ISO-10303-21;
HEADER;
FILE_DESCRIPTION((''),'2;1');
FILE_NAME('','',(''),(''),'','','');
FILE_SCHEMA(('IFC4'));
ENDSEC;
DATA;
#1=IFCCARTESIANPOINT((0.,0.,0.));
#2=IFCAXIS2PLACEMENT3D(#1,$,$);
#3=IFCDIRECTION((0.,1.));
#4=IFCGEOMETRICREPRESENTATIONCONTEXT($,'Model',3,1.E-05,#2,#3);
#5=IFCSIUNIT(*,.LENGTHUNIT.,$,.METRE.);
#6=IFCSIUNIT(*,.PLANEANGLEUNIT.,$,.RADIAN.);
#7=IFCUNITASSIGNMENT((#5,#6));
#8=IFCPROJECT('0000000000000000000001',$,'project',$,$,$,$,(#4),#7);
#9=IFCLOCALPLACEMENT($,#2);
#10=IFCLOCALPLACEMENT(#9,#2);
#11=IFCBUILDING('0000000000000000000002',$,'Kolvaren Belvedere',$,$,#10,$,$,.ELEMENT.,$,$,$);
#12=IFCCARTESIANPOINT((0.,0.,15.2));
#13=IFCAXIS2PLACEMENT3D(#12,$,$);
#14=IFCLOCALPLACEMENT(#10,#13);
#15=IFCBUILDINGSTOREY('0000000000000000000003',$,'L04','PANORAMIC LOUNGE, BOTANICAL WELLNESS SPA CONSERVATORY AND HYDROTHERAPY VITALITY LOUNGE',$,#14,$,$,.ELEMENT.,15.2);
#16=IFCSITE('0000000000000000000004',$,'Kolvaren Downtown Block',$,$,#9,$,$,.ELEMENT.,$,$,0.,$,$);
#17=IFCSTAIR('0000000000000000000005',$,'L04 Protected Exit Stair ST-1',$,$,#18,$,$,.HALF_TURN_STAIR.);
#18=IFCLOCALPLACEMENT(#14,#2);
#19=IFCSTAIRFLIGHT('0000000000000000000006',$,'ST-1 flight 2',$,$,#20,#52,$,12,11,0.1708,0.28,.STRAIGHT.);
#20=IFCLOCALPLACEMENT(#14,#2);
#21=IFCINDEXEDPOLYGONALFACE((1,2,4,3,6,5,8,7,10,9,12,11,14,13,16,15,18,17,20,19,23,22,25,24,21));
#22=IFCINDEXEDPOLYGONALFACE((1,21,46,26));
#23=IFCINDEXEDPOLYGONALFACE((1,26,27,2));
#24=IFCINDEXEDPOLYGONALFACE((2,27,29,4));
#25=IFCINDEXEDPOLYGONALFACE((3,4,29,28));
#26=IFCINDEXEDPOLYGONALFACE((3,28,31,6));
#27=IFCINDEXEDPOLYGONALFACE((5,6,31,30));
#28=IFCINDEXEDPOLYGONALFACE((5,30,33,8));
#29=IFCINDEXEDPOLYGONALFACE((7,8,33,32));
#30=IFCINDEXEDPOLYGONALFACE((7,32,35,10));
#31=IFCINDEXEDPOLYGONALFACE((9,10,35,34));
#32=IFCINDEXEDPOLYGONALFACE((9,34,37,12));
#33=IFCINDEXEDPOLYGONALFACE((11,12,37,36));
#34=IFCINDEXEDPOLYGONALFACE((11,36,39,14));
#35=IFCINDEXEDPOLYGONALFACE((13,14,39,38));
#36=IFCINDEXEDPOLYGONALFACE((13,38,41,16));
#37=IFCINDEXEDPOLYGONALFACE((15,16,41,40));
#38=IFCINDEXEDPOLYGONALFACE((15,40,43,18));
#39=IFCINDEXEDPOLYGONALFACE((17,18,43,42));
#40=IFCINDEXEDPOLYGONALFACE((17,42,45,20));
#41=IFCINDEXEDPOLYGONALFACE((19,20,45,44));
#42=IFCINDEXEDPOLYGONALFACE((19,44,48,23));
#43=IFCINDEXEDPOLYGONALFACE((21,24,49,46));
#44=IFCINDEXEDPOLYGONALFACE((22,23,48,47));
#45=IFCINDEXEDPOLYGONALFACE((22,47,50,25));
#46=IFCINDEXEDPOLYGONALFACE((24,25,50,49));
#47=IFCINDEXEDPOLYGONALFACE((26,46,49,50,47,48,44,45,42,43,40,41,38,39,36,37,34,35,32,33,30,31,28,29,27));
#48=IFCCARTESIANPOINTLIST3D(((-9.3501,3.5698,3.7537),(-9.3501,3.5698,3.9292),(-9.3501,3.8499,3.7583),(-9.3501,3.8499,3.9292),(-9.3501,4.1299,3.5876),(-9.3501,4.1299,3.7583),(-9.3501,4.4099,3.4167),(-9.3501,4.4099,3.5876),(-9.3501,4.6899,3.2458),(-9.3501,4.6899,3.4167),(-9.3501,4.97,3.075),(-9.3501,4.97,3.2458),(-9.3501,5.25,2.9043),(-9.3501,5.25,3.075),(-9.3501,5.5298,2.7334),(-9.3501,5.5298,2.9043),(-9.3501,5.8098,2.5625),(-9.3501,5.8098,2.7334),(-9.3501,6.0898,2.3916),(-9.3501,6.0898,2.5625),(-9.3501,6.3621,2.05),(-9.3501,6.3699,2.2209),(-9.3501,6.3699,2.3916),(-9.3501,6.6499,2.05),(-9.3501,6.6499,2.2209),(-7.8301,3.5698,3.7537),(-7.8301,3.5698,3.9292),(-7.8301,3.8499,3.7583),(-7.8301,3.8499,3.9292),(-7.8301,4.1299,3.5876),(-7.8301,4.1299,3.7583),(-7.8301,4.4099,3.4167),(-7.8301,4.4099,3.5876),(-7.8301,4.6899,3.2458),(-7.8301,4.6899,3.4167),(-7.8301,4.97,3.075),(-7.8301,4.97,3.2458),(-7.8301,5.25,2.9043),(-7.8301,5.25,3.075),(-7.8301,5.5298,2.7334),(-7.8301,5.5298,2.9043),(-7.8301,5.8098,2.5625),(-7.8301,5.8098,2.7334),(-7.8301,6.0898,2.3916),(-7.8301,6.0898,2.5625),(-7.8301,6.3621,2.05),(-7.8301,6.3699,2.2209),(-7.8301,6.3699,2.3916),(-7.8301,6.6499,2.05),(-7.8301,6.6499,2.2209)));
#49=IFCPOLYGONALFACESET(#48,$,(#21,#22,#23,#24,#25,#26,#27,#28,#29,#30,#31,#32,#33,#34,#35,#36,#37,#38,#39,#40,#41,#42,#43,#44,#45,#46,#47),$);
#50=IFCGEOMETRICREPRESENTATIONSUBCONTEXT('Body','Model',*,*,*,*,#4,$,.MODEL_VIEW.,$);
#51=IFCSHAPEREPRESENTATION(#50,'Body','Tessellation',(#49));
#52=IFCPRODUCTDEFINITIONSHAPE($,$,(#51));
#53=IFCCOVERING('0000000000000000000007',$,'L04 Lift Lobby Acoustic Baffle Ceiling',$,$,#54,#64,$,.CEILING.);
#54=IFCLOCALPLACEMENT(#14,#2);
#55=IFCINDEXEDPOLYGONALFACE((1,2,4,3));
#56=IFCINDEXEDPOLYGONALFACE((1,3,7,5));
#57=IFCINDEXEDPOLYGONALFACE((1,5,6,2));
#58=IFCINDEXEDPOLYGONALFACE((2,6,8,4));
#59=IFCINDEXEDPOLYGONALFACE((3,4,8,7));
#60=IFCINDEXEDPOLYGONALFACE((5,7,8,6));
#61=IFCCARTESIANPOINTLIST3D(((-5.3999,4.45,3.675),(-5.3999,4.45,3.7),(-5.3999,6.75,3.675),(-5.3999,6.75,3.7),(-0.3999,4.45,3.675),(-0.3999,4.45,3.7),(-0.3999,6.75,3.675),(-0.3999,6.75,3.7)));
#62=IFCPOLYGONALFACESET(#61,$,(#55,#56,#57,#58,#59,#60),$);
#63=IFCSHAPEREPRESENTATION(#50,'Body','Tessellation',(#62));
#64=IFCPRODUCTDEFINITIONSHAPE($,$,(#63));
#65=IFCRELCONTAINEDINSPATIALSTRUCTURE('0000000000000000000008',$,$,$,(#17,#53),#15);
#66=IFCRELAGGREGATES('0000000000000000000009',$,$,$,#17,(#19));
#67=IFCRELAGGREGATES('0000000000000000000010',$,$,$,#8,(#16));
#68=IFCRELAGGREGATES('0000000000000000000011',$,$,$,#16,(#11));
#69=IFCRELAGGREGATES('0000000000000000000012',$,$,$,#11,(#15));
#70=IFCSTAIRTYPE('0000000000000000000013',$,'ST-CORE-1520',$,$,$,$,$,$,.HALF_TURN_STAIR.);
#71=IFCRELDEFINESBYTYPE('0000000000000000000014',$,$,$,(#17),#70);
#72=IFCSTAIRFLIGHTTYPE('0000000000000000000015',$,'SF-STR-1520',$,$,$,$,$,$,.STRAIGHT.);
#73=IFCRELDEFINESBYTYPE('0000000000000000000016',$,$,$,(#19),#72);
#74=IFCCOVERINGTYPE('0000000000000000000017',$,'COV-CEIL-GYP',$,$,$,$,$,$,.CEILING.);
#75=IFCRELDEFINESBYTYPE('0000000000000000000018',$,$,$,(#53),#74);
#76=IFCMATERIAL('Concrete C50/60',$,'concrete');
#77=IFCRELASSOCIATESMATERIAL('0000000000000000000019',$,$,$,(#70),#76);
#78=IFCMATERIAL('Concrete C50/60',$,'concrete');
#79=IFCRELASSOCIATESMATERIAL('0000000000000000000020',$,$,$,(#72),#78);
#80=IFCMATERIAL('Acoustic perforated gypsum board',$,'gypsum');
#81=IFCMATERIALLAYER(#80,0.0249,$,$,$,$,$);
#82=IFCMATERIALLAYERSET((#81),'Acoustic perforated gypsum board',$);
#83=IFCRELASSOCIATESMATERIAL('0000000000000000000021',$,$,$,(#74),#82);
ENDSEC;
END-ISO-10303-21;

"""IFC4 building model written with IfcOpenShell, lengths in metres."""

from ifc_helpers import new_model, si_unit, direction, frame, origin, place, context, subcontext, project, spatial, polyline, outline, extrude, material, layer, layer_set, type_object, element, aggregate, save


model = new_model("IFC4")

# Units and contexts
model_context = context("Model", 3, precision=1e-05, world=origin(), true_north=direction((0.0, 1.0)))
body_context = subcontext(model_context, "Body", "Model", "MODEL_VIEW")
ifc_project = project(units=[si_unit("LENGTHUNIT", "METRE"), si_unit("PLANEANGLEUNIT", "RADIAN")], contexts=[model_context])

# Site, building, storey
site_placement = place(None, origin())
site = spatial("IfcSite", under=ifc_project, at=site_placement, Name="Kolvaren Downtown Block", CompositionType="ELEMENT", RefElevation=0.0)
building_placement = place(site_placement, origin())
building = spatial("IfcBuilding", under=site, at=building_placement, Name="Kolvaren Belvedere", CompositionType="ELEMENT")
storey_placement = place(building_placement, frame((0.0, 0.0, 15.2)))
storey = spatial("IfcBuildingStorey", under=building, at=storey_placement, Name="L04", Description="PANORAMIC LOUNGE, BOTANICAL WELLNESS SPA CONSERVATORY AND HYDROTHERAPY VITALITY LOUNGE", CompositionType="ELEMENT", Elevation=15.2)

# Stair, stair flight
ifc_material_1 = material(Name="Concrete C50/60", Category="concrete")
stair_type_1 = type_object("IfcStairType", Name="ST-CORE-1520", PredefinedType="HALF_TURN_STAIR", material=ifc_material_1)
stair_1_placement = place(storey_placement, origin())
stair_1 = element("IfcStair", 1, at=stair_1_placement, inside=storey, type_object=stair_type_1, Name="L04 Protected Exit Stair ST-1", PredefinedType="HALF_TURN_STAIR")
ifc_material_2 = material(Name="Concrete C50/60", Category="concrete")
stair_flight_type = type_object("IfcStairFlightType", Name="SF-STR-1520", PredefinedType="STRAIGHT", material=ifc_material_2)
stair_flight_1_placement = place(storey_placement, frame((-8.5901, 6.6499, 2.05), z_axis=(0.0, 0.0, 1.0), x_axis=(0.0, -1.0, 0.0)))
stair_flight_1 = element("IfcStairFlight", 2, at=stair_flight_1_placement, type_object=stair_flight_type, Name="ST-1 flight 2", NumberOfRisers=12, NumberOfTreads=11, PredefinedType="STRAIGHT", RiserHeight=0.1708, TreadLength=0.28, context=body_context, shape_type="SweptSolid", body=[
    extrude(outline(polyline([(0.0, 0.0), (0.0, 0.1709), (0.28, 0.1709), (0.28, 0.3416), (0.5601, 0.3416), (0.5601, 0.5125), (0.8401, 0.5125), (0.8401, 0.6833), (1.1201, 0.6833), (1.1201, 0.8542), (1.3999, 0.8542), (1.3999, 1.0249), (1.6799, 1.0249), (1.6799, 1.1958), (1.96, 1.1958), (1.96, 1.3667), (2.24, 1.3667), (2.24, 1.5376), (2.52, 1.5376), (2.52, 1.7083), (2.8, 1.7083), (2.8, 1.8792), (3.0801, 1.8792), (3.0801, 2.05), (3.0801, 1.7036), (0.2878, 0.0), (0.0, 0.0)])), frame((0.0, 0.76, 0.0), z_axis=(0.0, -1.0, 0.0), x_axis=(1.0, 0.0, 0.0)), (0.0, 0.0, 1.0), 1.52),
])
aggregate(stair_1, [stair_flight_1])

# Covering
ifc_material_3 = material(Name="Acoustic perforated gypsum board", Category="gypsum")
ifc_layer_1 = layer(ifc_material_3, 0.0249)
ifc_layer_set_1 = layer_set([ifc_layer_1], Name="Acoustic perforated gypsum board")
covering_type = type_object("IfcCoveringType", Name="COV-CEIL-GYP", PredefinedType="CEILING", material=ifc_layer_set_1)
covering_placement = place(storey_placement, frame((0.0, 0.0, 3.675)))
element("IfcCovering", 3, at=covering_placement, inside=storey, type_object=covering_type, Name="L04 Lift Lobby Acoustic Baffle Ceiling", PredefinedType="CEILING", context=body_context, shape_type="SweptSolid", body=[
    extrude(outline(polyline([(-5.3999, 4.45), (-0.3999, 4.45), (-0.3999, 6.75), (-5.3999, 6.75), (-5.3999, 4.45)])), origin(), (0.0, 0.0, 1.0), 0.0249),
])

save(model, "model.ifc")
